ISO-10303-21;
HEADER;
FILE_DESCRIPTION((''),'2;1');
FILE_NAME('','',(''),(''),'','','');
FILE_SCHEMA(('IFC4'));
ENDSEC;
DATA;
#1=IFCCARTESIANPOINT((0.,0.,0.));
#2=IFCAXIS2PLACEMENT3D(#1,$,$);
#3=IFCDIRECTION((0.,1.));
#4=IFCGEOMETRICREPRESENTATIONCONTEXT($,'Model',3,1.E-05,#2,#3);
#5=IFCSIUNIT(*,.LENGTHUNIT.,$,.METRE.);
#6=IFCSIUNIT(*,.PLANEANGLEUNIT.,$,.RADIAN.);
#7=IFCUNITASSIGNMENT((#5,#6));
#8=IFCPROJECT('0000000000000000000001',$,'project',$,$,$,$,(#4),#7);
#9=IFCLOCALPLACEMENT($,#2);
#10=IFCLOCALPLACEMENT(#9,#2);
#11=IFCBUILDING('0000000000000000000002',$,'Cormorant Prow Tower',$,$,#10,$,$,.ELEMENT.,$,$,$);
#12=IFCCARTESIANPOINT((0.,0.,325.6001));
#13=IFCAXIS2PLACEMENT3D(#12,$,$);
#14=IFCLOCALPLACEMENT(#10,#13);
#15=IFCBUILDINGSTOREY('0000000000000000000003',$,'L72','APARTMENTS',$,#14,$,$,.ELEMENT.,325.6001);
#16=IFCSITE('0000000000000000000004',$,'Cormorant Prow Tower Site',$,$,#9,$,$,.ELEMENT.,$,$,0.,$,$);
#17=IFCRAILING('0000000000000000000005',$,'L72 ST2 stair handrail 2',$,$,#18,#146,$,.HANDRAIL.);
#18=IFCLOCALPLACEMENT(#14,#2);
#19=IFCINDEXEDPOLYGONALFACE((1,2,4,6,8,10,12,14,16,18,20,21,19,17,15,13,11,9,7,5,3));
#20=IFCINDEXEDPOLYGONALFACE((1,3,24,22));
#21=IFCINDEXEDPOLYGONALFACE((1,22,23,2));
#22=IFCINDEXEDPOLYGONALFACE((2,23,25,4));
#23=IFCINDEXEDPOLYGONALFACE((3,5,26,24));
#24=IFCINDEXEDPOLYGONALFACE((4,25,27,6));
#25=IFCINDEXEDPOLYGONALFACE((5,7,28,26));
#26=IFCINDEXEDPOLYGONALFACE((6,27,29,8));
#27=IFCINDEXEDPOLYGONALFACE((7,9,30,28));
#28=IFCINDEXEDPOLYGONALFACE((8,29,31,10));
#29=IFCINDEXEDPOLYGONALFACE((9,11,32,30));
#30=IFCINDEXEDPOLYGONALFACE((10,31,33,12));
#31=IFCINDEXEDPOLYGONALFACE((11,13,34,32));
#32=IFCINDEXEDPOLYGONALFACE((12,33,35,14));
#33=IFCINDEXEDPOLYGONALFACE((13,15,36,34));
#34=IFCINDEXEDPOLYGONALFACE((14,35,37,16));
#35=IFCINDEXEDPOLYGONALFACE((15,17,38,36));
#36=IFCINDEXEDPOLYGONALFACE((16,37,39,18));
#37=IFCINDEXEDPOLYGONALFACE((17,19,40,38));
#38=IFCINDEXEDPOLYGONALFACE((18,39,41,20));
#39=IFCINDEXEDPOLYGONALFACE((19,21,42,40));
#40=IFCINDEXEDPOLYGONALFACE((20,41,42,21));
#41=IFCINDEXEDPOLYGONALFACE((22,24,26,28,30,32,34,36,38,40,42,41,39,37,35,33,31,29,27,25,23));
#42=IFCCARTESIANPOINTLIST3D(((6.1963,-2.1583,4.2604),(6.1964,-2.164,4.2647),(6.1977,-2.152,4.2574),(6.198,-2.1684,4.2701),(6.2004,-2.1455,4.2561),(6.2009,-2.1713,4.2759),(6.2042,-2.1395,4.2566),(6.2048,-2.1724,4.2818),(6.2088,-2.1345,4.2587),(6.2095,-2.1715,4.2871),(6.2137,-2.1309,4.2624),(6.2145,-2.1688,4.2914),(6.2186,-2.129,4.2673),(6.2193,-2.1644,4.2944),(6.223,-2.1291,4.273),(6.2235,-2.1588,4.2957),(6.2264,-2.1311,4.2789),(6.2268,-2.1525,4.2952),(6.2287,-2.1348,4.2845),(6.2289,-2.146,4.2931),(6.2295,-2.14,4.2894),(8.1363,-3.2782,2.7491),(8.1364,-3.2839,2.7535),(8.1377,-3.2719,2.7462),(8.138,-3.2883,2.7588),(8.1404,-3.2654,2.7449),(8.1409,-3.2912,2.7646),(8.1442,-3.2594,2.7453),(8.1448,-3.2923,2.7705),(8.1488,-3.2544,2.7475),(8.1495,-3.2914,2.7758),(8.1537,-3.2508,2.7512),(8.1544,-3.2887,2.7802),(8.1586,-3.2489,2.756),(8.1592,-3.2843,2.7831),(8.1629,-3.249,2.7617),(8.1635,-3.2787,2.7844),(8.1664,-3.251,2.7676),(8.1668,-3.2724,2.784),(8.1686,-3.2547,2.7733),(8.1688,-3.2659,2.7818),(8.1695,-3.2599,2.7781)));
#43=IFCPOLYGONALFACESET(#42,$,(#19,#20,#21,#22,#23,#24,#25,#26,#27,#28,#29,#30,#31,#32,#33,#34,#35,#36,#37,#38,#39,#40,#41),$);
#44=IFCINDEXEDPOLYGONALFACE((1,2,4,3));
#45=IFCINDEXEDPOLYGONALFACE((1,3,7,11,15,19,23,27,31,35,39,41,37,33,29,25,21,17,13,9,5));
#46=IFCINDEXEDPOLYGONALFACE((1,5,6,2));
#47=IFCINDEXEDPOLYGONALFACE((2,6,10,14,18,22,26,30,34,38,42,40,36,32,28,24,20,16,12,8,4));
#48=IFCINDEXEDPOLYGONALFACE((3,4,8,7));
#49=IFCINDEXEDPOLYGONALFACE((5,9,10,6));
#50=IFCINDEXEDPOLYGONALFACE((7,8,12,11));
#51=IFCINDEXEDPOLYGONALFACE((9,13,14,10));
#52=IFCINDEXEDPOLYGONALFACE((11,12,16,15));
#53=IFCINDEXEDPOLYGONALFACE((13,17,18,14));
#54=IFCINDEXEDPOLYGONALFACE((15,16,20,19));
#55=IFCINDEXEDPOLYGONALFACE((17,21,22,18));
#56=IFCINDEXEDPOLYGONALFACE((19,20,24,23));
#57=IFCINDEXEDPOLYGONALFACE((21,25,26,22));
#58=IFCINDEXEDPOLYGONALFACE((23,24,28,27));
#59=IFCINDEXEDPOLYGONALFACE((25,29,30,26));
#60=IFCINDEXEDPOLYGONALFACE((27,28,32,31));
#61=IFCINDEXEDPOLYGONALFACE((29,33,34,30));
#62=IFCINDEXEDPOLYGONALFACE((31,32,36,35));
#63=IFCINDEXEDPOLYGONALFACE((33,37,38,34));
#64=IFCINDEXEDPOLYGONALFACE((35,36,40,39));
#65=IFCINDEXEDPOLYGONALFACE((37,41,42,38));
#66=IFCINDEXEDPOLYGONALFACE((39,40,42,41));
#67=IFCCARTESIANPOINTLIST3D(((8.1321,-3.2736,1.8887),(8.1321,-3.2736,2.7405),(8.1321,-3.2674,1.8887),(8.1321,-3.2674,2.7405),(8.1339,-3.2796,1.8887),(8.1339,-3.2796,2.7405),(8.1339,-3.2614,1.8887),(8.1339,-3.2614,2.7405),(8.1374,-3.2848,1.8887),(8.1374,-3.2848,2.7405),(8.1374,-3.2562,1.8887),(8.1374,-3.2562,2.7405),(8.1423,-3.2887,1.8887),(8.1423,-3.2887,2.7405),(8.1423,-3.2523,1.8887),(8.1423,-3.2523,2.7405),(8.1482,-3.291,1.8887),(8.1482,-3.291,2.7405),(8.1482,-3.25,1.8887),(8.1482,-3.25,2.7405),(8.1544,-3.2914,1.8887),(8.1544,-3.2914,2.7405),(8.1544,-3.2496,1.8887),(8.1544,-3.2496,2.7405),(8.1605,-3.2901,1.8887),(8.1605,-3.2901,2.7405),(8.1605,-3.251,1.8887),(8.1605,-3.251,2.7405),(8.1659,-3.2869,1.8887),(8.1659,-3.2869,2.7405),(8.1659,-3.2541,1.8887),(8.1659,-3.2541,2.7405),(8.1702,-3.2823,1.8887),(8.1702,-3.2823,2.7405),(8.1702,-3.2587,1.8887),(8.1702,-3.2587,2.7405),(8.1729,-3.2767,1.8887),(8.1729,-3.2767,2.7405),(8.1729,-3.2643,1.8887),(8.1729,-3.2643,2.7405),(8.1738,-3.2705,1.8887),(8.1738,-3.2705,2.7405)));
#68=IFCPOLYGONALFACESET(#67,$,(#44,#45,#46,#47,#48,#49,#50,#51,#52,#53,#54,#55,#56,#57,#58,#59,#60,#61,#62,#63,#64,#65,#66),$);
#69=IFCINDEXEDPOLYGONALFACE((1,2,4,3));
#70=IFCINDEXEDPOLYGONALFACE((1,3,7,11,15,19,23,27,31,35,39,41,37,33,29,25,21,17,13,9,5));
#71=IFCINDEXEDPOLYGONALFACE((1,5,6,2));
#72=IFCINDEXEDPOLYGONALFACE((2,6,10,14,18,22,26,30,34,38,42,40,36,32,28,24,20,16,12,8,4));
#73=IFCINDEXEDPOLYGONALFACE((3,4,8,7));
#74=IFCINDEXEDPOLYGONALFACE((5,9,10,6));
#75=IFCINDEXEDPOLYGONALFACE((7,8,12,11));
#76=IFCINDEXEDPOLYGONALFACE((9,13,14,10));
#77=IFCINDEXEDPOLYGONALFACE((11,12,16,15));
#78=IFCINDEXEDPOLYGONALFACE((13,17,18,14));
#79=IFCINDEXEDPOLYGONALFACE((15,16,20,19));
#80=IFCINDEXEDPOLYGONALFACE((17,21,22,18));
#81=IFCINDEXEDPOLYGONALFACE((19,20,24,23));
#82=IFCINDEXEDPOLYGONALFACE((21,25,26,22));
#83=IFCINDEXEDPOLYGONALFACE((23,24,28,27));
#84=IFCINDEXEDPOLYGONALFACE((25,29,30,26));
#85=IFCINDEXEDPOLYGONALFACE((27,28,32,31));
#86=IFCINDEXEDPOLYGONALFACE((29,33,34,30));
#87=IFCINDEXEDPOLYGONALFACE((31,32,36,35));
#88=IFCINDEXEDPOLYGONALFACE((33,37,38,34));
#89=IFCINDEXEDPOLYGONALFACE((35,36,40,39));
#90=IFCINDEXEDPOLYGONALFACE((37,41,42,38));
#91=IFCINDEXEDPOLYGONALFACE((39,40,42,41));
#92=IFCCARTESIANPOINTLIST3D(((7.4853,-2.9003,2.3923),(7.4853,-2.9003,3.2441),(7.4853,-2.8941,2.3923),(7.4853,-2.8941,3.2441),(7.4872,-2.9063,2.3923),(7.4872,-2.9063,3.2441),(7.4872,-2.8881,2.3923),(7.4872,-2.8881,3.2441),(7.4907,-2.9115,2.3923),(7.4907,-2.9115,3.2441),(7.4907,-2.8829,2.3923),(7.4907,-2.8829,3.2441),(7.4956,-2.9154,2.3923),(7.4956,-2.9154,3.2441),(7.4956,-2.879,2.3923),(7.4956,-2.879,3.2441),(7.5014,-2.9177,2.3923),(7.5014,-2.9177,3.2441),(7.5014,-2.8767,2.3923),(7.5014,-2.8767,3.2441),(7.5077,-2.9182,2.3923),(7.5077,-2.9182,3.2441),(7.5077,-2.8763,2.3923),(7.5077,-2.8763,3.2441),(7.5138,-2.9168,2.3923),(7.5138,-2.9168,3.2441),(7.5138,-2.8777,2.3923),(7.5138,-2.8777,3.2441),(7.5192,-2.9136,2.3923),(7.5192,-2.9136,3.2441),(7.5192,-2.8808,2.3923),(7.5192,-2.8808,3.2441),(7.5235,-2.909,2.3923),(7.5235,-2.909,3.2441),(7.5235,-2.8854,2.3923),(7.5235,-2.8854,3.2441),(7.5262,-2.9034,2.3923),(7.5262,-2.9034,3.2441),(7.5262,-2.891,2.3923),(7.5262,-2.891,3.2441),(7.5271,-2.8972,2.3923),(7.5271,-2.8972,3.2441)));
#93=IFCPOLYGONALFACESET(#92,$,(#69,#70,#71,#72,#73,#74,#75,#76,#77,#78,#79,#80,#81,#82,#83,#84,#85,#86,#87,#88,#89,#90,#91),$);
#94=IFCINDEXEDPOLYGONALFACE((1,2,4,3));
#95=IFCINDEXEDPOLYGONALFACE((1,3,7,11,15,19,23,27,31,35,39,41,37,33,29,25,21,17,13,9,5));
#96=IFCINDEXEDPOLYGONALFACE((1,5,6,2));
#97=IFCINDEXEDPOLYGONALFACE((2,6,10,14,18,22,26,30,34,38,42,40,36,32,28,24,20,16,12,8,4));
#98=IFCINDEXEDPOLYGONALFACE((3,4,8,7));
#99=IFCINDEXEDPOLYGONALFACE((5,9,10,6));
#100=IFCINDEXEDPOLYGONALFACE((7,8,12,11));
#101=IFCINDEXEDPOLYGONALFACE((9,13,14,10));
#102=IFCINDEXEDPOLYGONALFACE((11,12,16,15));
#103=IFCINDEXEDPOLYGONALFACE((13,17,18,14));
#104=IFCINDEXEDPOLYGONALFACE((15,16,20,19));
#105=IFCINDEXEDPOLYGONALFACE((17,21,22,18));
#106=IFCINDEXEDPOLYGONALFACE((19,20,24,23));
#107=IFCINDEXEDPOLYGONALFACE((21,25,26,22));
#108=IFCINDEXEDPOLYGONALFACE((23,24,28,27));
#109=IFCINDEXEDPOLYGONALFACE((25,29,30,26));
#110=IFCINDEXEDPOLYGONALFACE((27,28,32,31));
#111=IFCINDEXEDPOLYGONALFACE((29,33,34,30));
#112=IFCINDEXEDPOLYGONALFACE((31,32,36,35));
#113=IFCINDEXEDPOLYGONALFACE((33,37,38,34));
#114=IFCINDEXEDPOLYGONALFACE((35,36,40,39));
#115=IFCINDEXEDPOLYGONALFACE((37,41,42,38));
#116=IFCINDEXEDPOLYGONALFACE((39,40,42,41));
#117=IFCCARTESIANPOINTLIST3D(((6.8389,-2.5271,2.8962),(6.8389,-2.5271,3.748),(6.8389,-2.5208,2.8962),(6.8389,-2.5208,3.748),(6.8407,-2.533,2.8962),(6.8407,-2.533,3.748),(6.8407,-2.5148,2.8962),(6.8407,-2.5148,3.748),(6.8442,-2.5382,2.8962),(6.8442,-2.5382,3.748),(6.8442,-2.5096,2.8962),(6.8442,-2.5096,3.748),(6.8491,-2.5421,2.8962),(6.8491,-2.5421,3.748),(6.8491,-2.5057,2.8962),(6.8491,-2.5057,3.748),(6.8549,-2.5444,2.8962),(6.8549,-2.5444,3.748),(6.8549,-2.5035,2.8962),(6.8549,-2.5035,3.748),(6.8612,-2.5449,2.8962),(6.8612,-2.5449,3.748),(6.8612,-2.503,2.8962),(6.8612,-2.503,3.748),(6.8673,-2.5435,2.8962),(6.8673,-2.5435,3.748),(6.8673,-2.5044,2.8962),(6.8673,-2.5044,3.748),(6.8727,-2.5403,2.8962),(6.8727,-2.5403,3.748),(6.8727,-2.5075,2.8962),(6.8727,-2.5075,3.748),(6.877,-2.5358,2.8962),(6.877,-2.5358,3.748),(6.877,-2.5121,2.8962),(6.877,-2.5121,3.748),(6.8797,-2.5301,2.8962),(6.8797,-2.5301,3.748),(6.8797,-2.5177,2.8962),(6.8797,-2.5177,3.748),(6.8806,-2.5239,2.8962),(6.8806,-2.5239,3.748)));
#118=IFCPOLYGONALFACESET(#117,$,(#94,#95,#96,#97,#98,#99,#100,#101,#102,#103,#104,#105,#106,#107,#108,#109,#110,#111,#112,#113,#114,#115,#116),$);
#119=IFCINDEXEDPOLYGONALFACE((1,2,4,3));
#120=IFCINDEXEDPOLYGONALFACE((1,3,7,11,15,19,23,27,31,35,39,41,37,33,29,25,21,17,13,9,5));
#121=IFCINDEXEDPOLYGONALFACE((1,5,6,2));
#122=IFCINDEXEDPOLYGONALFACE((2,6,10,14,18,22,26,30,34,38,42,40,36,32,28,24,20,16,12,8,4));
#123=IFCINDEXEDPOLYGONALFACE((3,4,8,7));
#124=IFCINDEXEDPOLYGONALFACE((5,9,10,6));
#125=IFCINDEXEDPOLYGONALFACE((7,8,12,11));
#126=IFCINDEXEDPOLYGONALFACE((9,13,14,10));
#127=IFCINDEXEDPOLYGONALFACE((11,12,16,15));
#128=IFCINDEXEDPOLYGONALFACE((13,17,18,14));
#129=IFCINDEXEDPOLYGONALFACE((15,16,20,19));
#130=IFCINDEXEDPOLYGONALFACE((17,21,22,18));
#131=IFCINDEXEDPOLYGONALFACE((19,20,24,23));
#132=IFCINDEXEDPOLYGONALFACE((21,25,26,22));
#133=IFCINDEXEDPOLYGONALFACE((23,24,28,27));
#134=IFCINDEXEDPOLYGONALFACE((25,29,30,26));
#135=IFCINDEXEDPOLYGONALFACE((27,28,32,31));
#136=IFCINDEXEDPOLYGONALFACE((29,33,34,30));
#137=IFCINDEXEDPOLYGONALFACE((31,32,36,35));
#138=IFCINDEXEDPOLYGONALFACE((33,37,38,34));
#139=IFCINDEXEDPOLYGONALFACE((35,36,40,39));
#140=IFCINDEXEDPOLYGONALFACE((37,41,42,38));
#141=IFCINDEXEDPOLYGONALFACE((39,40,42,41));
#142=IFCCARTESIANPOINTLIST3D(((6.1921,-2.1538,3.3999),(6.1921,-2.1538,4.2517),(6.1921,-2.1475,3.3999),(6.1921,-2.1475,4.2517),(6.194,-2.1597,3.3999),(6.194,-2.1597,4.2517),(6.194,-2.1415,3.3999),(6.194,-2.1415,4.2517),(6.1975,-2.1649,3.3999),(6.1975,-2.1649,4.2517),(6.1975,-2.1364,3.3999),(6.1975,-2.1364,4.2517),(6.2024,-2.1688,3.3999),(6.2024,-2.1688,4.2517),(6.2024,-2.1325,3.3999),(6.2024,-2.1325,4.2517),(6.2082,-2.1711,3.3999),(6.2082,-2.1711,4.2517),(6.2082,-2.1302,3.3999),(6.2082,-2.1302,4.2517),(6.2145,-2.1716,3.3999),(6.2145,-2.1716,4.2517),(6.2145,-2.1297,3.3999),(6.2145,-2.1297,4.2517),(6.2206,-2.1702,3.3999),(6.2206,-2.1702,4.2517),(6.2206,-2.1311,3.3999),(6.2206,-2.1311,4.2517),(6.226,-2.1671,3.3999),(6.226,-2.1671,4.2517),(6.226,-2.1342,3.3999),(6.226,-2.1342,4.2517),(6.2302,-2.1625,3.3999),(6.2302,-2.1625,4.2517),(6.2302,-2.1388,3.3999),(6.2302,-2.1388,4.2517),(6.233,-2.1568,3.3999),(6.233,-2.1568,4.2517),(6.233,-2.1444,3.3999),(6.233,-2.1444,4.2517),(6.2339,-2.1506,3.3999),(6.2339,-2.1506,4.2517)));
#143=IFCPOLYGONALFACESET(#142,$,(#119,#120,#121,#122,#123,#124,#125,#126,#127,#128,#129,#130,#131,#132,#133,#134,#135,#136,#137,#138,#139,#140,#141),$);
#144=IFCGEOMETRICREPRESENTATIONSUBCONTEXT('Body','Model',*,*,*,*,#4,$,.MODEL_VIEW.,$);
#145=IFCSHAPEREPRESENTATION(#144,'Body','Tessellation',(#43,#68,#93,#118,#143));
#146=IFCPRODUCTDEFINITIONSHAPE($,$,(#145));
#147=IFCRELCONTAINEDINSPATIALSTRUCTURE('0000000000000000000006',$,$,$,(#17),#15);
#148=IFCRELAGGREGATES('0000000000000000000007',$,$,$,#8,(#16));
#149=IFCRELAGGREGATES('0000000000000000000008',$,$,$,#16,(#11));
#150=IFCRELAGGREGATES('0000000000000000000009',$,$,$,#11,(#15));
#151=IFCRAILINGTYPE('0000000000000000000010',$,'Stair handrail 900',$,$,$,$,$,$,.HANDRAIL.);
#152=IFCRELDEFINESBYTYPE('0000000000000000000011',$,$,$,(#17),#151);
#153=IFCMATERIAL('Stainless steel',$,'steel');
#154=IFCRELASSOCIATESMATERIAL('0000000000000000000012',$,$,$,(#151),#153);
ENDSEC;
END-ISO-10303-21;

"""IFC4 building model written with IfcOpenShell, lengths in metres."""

from ifc_helpers import new_model, si_unit, direction, frame, origin, origin_2d, place, context, subcontext, project, spatial, circle, extrude, material, type_object, element, save


model = new_model("IFC4")

# Units and contexts
model_context = context("Model", 3, precision=1e-05, world=origin(), true_north=direction((0.0, 1.0)))
body_context = subcontext(model_context, "Body", "Model", "MODEL_VIEW")
ifc_project = project(units=[si_unit("LENGTHUNIT", "METRE"), si_unit("PLANEANGLEUNIT", "RADIAN")], contexts=[model_context])

# Site, building, storey
site_placement = place(None, origin())
site = spatial("IfcSite", under=ifc_project, at=site_placement, Name="Cormorant Prow Tower Site", CompositionType="ELEMENT", RefElevation=0.0)
building_placement = place(site_placement, origin())
building = spatial("IfcBuilding", under=site, at=building_placement, Name="Cormorant Prow Tower", CompositionType="ELEMENT")
storey_placement = place(building_placement, frame((0.0, 0.0, 325.6001)))
storey = spatial("IfcBuildingStorey", under=building, at=storey_placement, Name="L72", Description="APARTMENTS", CompositionType="ELEMENT", Elevation=325.6001)

# Railing
ifc_material_1 = material(Name="Stainless steel", Category="steel")
railing_type_1 = type_object("IfcRailingType", Name="Stair handrail 900", PredefinedType="HANDRAIL", material=ifc_material_1)
railing_1_placement = place(storey_placement, frame((8.1528, -3.2705, 1.8887)))
element("IfcRailing", 1, at=railing_1_placement, inside=storey, type_object=railing_type_1, Name="L72 ST2 stair handrail 2", PredefinedType="HANDRAIL", context=body_context, shape_type="SweptSolid", body=[
    extrude(circle(Radius=0.0239, at=origin_2d()), frame((0.0, 0.0, 0.876), z_axis=(-0.71794, 0.414447, 0.559281), x_axis=(-0.499949, -0.866055, 0.0)), (0.0, 0.0, 1.0), 2.7021),
    extrude(circle(Radius=0.021, at=origin_2d()), origin(), (0.0, 0.0, 1.0), 0.8518),
    extrude(circle(Radius=0.021, at=origin_2d()), frame((-0.6467, 0.3733, 0.5037)), (0.0, 0.0, 1.0), 0.8518),
    extrude(circle(Radius=0.021, at=origin_2d()), frame((-1.2932, 0.7466, 1.0076)), (0.0, 0.0, 1.0), 0.8518),
    extrude(circle(Radius=0.021, at=origin_2d()), frame((-1.9399, 1.1199, 1.5112)), (0.0, 0.0, 1.0), 0.8518),
])

save(model, "model.ifc")
